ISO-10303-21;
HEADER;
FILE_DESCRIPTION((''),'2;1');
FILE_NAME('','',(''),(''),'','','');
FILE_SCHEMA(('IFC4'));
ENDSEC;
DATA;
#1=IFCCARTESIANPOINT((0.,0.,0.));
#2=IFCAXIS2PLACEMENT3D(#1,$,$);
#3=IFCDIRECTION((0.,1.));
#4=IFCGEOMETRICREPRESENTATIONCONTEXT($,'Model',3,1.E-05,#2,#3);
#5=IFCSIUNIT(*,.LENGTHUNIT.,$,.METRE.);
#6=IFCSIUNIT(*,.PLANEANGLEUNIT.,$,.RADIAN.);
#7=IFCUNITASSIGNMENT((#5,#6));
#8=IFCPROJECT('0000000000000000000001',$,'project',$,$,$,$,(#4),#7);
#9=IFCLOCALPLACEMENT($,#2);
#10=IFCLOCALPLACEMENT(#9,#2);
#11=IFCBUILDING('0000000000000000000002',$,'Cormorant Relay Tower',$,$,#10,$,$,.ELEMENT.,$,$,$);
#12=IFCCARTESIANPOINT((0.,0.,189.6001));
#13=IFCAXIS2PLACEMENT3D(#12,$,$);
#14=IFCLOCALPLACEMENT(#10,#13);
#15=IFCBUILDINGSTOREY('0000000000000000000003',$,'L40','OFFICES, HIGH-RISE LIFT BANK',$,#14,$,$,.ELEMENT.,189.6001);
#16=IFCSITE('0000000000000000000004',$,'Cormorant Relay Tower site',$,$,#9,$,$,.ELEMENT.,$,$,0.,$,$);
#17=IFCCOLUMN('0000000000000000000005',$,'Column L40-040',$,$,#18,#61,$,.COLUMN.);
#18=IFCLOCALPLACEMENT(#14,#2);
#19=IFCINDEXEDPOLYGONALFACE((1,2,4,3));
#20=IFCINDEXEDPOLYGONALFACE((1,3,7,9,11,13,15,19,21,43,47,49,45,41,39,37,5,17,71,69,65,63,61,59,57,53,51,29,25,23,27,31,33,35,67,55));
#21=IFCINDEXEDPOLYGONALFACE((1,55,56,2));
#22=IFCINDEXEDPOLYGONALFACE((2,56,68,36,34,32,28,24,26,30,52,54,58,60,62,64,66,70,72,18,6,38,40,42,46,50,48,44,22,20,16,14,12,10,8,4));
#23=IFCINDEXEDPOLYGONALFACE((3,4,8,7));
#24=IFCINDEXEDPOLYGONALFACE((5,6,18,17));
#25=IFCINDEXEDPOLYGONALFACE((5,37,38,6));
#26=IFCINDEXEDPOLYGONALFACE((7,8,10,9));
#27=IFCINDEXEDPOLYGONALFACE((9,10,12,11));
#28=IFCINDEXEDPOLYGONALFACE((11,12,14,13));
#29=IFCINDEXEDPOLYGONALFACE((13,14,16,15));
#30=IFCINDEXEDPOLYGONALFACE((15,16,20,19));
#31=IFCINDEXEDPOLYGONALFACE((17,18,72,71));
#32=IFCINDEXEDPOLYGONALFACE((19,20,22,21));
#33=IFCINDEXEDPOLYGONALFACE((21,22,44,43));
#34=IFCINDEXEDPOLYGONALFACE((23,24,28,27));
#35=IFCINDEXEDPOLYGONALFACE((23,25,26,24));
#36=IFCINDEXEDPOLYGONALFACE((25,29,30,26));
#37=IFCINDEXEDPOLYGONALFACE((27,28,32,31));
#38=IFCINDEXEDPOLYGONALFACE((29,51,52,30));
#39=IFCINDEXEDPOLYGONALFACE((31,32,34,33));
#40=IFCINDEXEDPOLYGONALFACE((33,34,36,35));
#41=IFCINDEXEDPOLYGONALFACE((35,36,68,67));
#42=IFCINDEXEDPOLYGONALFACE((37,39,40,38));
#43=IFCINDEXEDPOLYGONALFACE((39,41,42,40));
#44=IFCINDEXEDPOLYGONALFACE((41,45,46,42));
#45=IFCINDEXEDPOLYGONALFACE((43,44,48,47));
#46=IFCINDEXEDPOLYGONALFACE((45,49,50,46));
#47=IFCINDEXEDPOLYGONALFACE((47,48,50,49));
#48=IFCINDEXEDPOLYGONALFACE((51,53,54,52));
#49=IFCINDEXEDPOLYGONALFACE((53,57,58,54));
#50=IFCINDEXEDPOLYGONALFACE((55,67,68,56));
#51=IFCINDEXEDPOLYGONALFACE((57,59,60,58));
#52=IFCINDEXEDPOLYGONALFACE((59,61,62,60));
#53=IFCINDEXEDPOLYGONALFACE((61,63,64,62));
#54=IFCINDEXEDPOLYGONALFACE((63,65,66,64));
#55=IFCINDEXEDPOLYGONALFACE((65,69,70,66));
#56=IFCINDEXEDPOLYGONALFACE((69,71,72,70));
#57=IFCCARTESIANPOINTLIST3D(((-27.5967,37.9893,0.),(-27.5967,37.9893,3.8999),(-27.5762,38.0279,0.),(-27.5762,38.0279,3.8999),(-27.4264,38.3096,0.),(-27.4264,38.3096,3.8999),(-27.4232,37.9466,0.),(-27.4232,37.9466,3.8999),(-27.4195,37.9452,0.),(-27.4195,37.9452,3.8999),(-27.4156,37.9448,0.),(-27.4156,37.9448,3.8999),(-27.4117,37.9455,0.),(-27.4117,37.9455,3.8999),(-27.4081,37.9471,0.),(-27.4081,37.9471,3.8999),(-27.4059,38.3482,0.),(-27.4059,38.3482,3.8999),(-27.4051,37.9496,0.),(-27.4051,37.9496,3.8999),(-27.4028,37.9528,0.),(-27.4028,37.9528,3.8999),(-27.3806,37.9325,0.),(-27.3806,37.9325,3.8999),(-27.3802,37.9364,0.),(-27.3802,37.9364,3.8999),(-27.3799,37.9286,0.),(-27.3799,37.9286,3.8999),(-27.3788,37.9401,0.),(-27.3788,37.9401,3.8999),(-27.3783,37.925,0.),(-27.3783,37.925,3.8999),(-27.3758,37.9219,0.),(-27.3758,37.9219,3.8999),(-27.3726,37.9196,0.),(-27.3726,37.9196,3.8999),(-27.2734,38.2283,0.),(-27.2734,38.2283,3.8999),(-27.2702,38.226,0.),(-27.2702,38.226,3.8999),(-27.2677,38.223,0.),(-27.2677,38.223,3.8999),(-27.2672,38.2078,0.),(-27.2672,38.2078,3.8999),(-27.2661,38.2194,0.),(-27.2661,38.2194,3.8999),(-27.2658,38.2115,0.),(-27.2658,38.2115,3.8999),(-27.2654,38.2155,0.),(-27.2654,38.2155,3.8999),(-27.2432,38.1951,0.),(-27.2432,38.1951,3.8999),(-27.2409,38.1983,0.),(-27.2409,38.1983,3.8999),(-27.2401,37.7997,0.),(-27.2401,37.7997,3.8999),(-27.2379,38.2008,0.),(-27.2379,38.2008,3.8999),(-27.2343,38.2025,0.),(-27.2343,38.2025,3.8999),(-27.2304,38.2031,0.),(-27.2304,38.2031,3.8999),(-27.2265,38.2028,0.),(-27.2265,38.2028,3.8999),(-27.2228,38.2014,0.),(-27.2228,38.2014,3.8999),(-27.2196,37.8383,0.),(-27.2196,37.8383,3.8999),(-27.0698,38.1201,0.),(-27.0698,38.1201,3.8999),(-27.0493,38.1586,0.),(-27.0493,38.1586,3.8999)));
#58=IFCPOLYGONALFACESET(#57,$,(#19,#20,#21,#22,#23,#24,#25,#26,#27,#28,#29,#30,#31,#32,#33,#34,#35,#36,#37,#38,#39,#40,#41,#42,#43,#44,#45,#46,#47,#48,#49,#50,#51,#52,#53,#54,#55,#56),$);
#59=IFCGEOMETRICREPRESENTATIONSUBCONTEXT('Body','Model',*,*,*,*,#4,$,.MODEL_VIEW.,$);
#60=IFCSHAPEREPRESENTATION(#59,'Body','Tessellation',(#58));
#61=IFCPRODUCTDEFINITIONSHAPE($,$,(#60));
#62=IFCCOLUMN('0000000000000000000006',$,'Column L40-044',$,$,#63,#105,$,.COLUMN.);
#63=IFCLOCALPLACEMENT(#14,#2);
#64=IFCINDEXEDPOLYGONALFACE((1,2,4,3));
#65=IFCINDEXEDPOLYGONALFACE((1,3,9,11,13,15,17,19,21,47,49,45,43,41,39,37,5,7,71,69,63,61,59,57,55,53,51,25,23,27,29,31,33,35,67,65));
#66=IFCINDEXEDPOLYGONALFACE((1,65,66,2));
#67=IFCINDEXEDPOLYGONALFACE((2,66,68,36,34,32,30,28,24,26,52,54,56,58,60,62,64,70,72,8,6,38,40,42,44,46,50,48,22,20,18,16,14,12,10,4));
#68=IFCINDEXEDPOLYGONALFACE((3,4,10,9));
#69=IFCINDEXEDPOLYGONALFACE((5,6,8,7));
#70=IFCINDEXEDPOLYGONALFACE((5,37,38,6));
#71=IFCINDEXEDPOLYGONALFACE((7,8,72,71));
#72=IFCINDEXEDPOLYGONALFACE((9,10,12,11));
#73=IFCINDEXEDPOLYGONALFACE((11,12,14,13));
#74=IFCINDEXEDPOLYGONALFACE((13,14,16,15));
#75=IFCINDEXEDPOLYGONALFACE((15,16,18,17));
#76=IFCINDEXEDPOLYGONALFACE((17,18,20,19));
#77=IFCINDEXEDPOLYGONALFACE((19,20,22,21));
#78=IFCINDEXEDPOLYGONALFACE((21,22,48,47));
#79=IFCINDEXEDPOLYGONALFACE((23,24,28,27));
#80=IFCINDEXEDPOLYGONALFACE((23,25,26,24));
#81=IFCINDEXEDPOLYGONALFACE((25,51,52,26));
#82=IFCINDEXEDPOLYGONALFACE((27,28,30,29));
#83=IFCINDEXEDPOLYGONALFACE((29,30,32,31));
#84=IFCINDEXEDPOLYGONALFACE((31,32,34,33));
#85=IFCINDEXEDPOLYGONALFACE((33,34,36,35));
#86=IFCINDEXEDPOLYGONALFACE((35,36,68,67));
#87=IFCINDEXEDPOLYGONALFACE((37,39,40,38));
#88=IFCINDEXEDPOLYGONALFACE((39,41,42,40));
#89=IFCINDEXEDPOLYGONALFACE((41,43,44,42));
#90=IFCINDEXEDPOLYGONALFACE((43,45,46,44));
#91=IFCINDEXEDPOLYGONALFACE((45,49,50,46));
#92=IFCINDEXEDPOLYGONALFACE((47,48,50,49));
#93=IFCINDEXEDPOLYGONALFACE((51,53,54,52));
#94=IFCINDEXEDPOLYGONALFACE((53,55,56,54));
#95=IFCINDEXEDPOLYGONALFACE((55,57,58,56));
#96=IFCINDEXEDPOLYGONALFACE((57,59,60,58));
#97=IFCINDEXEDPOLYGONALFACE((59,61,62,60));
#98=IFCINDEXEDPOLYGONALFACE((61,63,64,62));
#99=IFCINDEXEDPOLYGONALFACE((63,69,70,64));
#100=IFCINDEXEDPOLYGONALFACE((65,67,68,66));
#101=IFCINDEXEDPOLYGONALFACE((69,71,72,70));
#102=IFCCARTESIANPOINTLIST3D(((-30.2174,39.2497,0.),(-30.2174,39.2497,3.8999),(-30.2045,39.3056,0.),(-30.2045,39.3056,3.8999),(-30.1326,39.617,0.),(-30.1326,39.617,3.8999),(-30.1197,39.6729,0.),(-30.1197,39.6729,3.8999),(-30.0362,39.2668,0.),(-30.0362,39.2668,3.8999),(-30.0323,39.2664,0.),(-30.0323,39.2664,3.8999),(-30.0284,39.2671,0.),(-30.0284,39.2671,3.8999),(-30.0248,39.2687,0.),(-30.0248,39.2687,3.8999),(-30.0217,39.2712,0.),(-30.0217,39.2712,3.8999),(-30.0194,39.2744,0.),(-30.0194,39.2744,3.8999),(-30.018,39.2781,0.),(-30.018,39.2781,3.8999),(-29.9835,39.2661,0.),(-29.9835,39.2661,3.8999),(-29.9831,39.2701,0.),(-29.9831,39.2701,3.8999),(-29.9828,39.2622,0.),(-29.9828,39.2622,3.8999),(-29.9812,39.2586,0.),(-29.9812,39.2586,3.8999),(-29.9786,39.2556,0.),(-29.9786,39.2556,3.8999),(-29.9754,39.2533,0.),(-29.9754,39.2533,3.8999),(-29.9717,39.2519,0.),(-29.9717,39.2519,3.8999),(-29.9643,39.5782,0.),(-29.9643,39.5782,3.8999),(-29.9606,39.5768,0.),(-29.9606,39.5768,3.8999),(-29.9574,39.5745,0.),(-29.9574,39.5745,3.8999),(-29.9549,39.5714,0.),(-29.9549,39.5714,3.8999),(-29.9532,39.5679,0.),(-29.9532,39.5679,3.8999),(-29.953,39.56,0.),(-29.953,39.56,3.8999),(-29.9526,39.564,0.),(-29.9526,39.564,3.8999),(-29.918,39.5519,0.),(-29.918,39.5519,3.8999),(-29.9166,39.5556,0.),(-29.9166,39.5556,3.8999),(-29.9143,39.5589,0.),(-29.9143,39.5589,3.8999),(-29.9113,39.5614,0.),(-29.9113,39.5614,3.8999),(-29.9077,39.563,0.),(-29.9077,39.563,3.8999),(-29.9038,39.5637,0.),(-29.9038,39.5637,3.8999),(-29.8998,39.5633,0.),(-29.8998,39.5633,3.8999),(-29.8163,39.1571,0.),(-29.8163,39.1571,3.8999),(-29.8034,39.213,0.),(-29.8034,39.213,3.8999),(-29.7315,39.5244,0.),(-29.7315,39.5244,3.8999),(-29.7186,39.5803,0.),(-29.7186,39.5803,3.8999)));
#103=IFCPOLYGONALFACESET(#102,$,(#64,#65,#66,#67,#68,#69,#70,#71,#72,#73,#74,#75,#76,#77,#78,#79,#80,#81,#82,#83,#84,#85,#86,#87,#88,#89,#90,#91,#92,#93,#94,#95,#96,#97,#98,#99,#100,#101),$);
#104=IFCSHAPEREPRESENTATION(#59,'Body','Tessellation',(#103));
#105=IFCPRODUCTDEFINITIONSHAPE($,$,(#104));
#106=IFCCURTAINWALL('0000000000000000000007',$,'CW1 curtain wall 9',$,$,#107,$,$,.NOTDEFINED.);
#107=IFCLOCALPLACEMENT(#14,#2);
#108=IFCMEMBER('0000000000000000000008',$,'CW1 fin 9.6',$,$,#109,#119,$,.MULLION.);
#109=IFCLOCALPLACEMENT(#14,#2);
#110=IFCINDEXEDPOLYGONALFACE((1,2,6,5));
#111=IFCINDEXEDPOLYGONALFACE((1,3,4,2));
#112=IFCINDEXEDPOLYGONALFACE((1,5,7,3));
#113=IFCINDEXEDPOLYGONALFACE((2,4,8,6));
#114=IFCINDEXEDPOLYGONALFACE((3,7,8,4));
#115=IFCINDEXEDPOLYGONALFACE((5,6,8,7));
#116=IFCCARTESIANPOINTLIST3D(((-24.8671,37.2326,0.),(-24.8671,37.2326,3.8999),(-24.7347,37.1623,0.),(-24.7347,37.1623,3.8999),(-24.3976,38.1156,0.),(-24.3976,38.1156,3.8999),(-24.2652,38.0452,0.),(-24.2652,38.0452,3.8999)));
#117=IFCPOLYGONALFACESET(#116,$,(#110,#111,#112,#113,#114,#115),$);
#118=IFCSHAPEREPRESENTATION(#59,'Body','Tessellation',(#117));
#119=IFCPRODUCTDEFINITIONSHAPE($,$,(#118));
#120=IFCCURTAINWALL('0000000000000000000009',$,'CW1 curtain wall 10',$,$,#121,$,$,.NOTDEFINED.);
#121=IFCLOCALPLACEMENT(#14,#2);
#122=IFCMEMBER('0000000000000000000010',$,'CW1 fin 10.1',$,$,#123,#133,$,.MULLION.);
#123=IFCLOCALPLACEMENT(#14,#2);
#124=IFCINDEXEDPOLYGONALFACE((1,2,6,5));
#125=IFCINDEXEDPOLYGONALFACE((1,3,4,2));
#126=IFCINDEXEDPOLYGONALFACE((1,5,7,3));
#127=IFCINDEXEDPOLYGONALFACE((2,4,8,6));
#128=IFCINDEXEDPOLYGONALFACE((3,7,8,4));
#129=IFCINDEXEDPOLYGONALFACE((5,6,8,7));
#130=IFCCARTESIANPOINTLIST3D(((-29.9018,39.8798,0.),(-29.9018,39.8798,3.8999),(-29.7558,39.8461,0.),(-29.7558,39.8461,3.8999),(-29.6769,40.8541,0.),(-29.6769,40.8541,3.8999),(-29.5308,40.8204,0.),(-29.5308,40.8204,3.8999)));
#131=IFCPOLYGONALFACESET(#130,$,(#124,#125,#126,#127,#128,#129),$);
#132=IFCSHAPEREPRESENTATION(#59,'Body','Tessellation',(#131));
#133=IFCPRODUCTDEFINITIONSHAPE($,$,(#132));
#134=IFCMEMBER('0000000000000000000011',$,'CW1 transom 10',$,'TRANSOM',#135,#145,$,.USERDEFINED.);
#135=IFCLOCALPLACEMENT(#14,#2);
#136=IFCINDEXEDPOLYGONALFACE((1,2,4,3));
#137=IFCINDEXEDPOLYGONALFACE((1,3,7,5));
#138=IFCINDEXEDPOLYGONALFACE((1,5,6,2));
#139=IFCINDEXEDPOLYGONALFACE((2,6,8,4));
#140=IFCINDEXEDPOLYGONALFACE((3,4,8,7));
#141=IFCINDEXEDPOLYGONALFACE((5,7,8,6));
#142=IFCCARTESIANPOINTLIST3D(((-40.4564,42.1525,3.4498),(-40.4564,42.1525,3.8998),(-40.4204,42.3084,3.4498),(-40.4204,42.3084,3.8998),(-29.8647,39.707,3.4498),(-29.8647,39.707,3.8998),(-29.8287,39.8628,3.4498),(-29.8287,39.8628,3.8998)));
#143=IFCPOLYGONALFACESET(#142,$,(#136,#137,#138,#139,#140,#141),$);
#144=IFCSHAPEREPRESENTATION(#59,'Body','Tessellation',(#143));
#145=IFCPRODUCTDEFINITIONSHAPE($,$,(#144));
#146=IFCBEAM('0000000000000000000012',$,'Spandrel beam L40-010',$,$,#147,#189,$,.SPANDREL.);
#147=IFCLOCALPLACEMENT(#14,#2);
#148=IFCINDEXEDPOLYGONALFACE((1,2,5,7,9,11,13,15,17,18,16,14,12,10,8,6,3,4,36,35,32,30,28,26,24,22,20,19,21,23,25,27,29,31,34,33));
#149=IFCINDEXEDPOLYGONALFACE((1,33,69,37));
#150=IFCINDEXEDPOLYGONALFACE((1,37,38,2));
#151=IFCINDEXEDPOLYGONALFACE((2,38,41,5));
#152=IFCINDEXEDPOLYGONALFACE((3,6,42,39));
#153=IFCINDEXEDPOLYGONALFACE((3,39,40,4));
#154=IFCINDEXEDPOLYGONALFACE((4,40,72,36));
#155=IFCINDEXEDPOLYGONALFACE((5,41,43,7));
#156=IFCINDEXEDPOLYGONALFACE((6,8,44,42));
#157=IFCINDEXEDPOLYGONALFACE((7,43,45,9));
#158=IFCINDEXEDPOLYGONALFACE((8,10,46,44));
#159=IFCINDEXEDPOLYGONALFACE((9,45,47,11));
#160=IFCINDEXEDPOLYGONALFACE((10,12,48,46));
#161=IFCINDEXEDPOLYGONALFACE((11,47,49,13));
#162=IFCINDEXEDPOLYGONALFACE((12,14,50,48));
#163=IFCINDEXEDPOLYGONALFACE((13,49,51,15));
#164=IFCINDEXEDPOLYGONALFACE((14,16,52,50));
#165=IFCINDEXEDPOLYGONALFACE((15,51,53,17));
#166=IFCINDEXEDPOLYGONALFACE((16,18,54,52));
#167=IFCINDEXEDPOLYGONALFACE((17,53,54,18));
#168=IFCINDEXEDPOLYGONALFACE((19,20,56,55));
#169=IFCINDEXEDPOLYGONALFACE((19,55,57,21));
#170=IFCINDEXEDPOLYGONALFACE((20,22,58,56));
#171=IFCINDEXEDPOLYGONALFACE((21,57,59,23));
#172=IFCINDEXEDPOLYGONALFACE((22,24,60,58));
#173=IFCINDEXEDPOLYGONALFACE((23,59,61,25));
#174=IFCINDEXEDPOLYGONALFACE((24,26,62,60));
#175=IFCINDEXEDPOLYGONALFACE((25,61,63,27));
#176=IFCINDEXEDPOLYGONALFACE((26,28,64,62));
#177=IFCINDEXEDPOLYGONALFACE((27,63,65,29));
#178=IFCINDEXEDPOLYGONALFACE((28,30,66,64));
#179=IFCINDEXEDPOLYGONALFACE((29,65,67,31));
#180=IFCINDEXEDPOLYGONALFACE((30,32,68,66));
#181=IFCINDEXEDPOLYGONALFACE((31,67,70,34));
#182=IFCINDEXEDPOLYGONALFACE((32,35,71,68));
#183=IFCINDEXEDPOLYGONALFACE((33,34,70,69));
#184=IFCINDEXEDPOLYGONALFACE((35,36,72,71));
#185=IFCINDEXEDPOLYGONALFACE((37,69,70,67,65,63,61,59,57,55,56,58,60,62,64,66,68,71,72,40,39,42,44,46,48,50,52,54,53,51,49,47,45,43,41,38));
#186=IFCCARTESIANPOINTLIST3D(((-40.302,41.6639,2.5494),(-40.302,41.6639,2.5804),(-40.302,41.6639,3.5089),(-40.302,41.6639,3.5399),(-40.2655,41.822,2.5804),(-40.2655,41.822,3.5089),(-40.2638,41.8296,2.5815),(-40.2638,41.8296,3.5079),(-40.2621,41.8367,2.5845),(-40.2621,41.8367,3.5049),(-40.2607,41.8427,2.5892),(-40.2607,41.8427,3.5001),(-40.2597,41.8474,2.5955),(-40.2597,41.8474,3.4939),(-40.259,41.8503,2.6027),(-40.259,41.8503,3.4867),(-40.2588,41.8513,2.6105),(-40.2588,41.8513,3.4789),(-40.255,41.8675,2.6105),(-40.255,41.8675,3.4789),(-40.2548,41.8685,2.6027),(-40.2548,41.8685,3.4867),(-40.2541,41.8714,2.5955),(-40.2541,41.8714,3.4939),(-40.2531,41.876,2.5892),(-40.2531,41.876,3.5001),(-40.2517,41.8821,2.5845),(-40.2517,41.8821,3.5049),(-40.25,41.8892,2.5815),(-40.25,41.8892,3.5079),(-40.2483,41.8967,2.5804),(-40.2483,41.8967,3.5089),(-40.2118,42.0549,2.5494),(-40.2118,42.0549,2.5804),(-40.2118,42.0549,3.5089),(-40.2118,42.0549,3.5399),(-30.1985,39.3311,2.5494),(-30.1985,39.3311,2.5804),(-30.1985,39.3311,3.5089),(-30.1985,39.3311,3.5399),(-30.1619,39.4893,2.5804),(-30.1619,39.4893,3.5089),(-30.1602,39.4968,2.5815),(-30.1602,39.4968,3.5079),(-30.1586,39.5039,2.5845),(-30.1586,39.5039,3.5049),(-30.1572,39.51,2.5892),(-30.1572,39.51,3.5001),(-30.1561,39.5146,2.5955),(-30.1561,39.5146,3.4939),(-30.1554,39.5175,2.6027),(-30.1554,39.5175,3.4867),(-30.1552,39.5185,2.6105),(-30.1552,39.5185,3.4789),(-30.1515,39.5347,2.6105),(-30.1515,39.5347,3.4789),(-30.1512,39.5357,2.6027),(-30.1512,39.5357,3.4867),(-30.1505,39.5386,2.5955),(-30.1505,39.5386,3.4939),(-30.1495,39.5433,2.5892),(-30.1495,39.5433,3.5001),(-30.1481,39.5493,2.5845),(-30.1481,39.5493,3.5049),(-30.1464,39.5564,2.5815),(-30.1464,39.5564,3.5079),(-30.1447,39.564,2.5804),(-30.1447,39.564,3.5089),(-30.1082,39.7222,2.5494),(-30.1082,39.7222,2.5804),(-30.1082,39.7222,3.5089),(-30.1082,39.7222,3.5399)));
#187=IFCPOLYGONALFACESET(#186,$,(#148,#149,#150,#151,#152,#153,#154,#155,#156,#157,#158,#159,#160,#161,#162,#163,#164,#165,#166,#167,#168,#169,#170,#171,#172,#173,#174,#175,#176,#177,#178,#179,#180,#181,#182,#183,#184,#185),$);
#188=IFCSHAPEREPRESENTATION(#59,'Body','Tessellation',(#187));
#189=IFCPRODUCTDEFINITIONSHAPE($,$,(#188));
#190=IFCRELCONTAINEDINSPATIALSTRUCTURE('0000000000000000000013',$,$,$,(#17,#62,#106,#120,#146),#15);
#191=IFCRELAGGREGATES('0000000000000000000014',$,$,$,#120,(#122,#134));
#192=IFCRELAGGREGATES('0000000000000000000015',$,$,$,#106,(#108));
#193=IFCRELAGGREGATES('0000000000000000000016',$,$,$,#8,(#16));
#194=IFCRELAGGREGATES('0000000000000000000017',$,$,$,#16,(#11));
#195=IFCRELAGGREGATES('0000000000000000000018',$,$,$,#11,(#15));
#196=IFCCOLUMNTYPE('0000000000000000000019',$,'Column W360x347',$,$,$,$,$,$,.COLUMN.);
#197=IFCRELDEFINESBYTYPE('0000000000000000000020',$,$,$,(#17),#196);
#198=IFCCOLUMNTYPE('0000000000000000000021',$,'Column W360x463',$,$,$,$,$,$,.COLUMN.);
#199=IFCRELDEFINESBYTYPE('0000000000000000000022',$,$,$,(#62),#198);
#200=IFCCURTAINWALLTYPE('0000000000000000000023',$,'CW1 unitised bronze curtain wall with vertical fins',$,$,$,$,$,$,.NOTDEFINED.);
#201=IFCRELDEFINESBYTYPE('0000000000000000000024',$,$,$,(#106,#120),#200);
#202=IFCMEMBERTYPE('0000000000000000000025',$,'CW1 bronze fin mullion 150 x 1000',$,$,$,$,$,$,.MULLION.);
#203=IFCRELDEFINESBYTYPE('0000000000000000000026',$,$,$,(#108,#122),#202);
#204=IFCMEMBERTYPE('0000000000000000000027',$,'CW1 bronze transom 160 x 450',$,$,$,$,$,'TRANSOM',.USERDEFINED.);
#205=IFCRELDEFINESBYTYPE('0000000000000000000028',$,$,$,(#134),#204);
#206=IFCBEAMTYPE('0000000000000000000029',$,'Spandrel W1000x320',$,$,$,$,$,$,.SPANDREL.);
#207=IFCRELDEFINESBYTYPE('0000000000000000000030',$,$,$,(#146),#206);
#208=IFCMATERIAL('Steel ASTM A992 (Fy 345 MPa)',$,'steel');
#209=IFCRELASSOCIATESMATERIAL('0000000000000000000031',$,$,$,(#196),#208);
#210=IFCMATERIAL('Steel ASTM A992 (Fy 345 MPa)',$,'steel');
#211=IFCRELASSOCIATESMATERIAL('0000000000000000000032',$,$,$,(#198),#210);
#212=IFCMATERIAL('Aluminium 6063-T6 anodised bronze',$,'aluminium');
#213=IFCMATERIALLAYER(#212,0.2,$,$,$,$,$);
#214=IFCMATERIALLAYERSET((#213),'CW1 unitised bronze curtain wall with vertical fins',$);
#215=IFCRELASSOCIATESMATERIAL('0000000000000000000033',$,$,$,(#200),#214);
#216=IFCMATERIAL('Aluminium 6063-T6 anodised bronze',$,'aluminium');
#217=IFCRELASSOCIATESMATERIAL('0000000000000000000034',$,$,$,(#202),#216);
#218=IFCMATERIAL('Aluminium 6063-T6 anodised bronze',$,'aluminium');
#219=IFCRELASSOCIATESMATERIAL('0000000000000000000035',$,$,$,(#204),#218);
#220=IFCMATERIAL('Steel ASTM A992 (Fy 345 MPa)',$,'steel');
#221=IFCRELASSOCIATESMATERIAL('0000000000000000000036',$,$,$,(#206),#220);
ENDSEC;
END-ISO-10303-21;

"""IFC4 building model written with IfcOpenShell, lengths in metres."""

from ifc_helpers import new_model, si_unit, direction, frame, origin, origin_2d, place, context, subcontext, project, spatial, rectangle, i_section, extrude, material, layer, layer_set, material_profile, profile_set, type_object, element, aggregate, save


model = new_model("IFC4")

# Units and contexts
model_context = context("Model", 3, precision=1e-05, world=origin(), true_north=direction((0.0, 1.0)))
body_context = subcontext(model_context, "Body", "Model", "MODEL_VIEW")
ifc_project = project(units=[si_unit("LENGTHUNIT", "METRE"), si_unit("PLANEANGLEUNIT", "RADIAN")], contexts=[model_context])

# Site, building, storey
site_placement = place(None, origin())
site = spatial("IfcSite", under=ifc_project, at=site_placement, Name="Cormorant Relay Tower site", CompositionType="ELEMENT", RefElevation=0.0)
building_placement = place(site_placement, origin())
building = spatial("IfcBuilding", under=site, at=building_placement, Name="Cormorant Relay Tower", CompositionType="ELEMENT")
storey_placement = place(building_placement, frame((0.0, 0.0, 189.6001)))
storey = spatial("IfcBuildingStorey", under=building, at=storey_placement, Name="L40", Description="OFFICES, HIGH-RISE LIFT BANK", CompositionType="ELEMENT", Elevation=189.6001)

# Columns
ifc_material_1 = material(Name="Steel ASTM A992 (Fy 345 MPa)", Category="steel")
ifc_material_profile_1 = material_profile(ifc_material_1, i_section(OverallWidth=0.4038, OverallDepth=0.4065, WebThickness=0.0271, FlangeThickness=0.0437, FilletRadius=0.0151, at=origin_2d()), Name="W360x347")
ifc_profile_set_1 = profile_set([ifc_material_profile_1], Name="Steel ASTM A992 (Fy 345 MPa)")
column_type_1 = type_object("IfcColumnType", Name="Column W360x347", PredefinedType="COLUMN", material=ifc_profile_set_1)
column_1_placement = place(storey_placement, frame((-27.323, 38.074, 0.0), z_axis=(0.0, 0.0, 1.0), x_axis=(-0.882948, 0.469472, 0.0)))
element("IfcColumn", 1, at=column_1_placement, inside=storey, type_object=column_type_1, Name="Column L40-040", PredefinedType="COLUMN", context=body_context, shape_type="SweptSolid", body=[
    extrude(i_section(OverallWidth=0.4038, OverallDepth=0.4065, WebThickness=0.0271, FlangeThickness=0.0437, FilletRadius=0.0151, at=origin_2d()), origin(), (0.0, 0.0, 1.0), 3.8999),
])
ifc_material_2 = material(Name="Steel ASTM A992 (Fy 345 MPa)", Category="steel")
ifc_material_profile_2 = material_profile(ifc_material_2, i_section(OverallWidth=0.4116, OverallDepth=0.4343, WebThickness=0.0359, FlangeThickness=0.0574, FilletRadius=0.0151, at=origin_2d()), Name="W360x463")
ifc_profile_set_2 = profile_set([ifc_material_profile_2], Name="Steel ASTM A992 (Fy 345 MPa)")
column_type_2 = type_object("IfcColumnType", Name="Column W360x463", PredefinedType="COLUMN", material=ifc_profile_set_2)
column_2_placement = place(storey_placement, frame((-29.968, 39.415, 0.0), z_axis=(0.0, 0.0, 1.0), x_axis=(-0.97437, 0.224951, 0.0)))
element("IfcColumn", 2, at=column_2_placement, inside=storey, type_object=column_type_2, Name="Column L40-044", PredefinedType="COLUMN", context=body_context, shape_type="SweptSolid", body=[
    extrude(i_section(OverallWidth=0.4116, OverallDepth=0.4343, WebThickness=0.0359, FlangeThickness=0.0574, FilletRadius=0.0151, at=origin_2d()), origin(), (0.0, 0.0, 1.0), 3.8999),
])

# Curtain wall, member
ifc_material_3 = material(Name="Aluminium 6063-T6 anodised bronze", Category="aluminium")
ifc_layer_1 = layer(ifc_material_3, 0.2)
ifc_layer_set_1 = layer_set([ifc_layer_1], Name="CW1 unitised bronze curtain wall with vertical fins")
curtain_wall_type = type_object("IfcCurtainWallType", Name="CW1 unitised bronze curtain wall with vertical fins", PredefinedType="NOTDEFINED", material=ifc_layer_set_1)
curtain_wall_1_placement = place(storey_placement, origin())
curtain_wall_1 = element("IfcCurtainWall", 3, at=curtain_wall_1_placement, inside=storey, type_object=curtain_wall_type, Name="CW1 curtain wall 9", PredefinedType="NOTDEFINED")
ifc_material_4 = material(Name="Aluminium 6063-T6 anodised bronze", Category="aluminium")
ifc_material_profile_3 = material_profile(ifc_material_4, rectangle(XDim=0.1499, YDim=1.0, at=origin_2d()), Name="AL 150x1000")
ifc_profile_set_3 = profile_set([ifc_material_profile_3], Name="Aluminium 6063-T6 anodised bronze")
member_type_1 = type_object("IfcMemberType", Name="CW1 bronze fin mullion 150 x 1000", PredefinedType="MULLION", material=ifc_profile_set_3)
member_1_placement = place(storey_placement, frame((-24.5662, 37.6389, 0.0), z_axis=(0.0, 0.0, 1.0), x_axis=(-0.882948, 0.469472, 0.0)))
member_1 = element("IfcMember", 4, at=member_1_placement, type_object=member_type_1, Name="CW1 fin 9.6", PredefinedType="MULLION", context=body_context, shape_type="SweptSolid", body=[
    extrude(rectangle(XDim=0.1499, YDim=1.0, at=origin_2d()), origin(), (0.0, 0.0, 1.0), 3.8999),
])

# Curtain wall, members
curtain_wall_2_placement = place(storey_placement, origin())
curtain_wall_2 = element("IfcCurtainWall", 5, at=curtain_wall_2_placement, inside=storey, type_object=curtain_wall_type, Name="CW1 curtain wall 10", PredefinedType="NOTDEFINED")
member_2_placement = place(storey_placement, frame((-29.7163, 40.3501, 0.0), z_axis=(0.0, 0.0, 1.0), x_axis=(-0.97437, 0.224951, 0.0)))
member_2 = element("IfcMember", 6, at=member_2_placement, type_object=member_type_1, Name="CW1 fin 10.1", PredefinedType="MULLION", context=body_context, shape_type="SweptSolid", body=[
    extrude(rectangle(XDim=0.1499, YDim=1.0, at=origin_2d()), origin(), (0.0, 0.0, 1.0), 3.8999),
])
ifc_material_5 = material(Name="Aluminium 6063-T6 anodised bronze", Category="aluminium")
ifc_material_profile_4 = material_profile(ifc_material_5, rectangle(XDim=0.1599, YDim=0.45, at=origin_2d()), Name="AL 160x450")
ifc_profile_set_4 = profile_set([ifc_material_profile_4], Name="Aluminium 6063-T6 anodised bronze")
member_type_2 = type_object("IfcMemberType", Name="CW1 bronze transom 160 x 450", ElementType="TRANSOM", PredefinedType="USERDEFINED", material=ifc_profile_set_4)
member_3_placement = place(storey_placement, frame((-29.8467, 39.7849, 3.6748), z_axis=(-0.974365, 0.224973, 0.0), x_axis=(-0.224973, -0.974365, 0.0)))
member_3 = element("IfcMember", 7, at=member_3_placement, type_object=member_type_2, Name="CW1 transom 10", ObjectType="TRANSOM", PredefinedType="USERDEFINED", context=body_context, shape_type="SweptSolid", body=[
    extrude(rectangle(XDim=0.1599, YDim=0.45, at=origin_2d()), origin(), (0.0, 0.0, 1.0), 10.8704),
])
aggregate(curtain_wall_2, [member_2, member_3])

# Beam
ifc_material_6 = material(Name="Steel ASTM A992 (Fy 345 MPa)", Category="steel")
ifc_material_profile_5 = material_profile(ifc_material_6, i_section(OverallWidth=0.4014, OverallDepth=0.9905, WebThickness=0.0166, FlangeThickness=0.031, FilletRadius=0.03, at=origin_2d()), Name="W1000x320")
ifc_profile_set_5 = profile_set([ifc_material_profile_5], Name="Steel ASTM A992 (Fy 345 MPa)")
beam_type = type_object("IfcBeamType", Name="Spandrel W1000x320", PredefinedType="SPANDREL", material=ifc_profile_set_5)
beam_placement = place(storey_placement, frame((-30.1533, 39.5266, 3.0447), z_axis=(-0.974366, 0.224968, 0.0), x_axis=(-0.224968, -0.974366, 0.0)))
element("IfcBeam", 8, at=beam_placement, inside=storey, type_object=beam_type, Name="Spandrel beam L40-010", PredefinedType="SPANDREL", context=body_context, shape_type="SweptSolid", body=[
    extrude(i_section(OverallWidth=0.4014, OverallDepth=0.9905, WebThickness=0.0166, FlangeThickness=0.031, FilletRadius=0.03, at=origin_2d()), origin(), (0.0, 0.0, 1.0), 10.3694),
])

aggregate(curtain_wall_1, [member_1])

save(model, "model.ifc")
